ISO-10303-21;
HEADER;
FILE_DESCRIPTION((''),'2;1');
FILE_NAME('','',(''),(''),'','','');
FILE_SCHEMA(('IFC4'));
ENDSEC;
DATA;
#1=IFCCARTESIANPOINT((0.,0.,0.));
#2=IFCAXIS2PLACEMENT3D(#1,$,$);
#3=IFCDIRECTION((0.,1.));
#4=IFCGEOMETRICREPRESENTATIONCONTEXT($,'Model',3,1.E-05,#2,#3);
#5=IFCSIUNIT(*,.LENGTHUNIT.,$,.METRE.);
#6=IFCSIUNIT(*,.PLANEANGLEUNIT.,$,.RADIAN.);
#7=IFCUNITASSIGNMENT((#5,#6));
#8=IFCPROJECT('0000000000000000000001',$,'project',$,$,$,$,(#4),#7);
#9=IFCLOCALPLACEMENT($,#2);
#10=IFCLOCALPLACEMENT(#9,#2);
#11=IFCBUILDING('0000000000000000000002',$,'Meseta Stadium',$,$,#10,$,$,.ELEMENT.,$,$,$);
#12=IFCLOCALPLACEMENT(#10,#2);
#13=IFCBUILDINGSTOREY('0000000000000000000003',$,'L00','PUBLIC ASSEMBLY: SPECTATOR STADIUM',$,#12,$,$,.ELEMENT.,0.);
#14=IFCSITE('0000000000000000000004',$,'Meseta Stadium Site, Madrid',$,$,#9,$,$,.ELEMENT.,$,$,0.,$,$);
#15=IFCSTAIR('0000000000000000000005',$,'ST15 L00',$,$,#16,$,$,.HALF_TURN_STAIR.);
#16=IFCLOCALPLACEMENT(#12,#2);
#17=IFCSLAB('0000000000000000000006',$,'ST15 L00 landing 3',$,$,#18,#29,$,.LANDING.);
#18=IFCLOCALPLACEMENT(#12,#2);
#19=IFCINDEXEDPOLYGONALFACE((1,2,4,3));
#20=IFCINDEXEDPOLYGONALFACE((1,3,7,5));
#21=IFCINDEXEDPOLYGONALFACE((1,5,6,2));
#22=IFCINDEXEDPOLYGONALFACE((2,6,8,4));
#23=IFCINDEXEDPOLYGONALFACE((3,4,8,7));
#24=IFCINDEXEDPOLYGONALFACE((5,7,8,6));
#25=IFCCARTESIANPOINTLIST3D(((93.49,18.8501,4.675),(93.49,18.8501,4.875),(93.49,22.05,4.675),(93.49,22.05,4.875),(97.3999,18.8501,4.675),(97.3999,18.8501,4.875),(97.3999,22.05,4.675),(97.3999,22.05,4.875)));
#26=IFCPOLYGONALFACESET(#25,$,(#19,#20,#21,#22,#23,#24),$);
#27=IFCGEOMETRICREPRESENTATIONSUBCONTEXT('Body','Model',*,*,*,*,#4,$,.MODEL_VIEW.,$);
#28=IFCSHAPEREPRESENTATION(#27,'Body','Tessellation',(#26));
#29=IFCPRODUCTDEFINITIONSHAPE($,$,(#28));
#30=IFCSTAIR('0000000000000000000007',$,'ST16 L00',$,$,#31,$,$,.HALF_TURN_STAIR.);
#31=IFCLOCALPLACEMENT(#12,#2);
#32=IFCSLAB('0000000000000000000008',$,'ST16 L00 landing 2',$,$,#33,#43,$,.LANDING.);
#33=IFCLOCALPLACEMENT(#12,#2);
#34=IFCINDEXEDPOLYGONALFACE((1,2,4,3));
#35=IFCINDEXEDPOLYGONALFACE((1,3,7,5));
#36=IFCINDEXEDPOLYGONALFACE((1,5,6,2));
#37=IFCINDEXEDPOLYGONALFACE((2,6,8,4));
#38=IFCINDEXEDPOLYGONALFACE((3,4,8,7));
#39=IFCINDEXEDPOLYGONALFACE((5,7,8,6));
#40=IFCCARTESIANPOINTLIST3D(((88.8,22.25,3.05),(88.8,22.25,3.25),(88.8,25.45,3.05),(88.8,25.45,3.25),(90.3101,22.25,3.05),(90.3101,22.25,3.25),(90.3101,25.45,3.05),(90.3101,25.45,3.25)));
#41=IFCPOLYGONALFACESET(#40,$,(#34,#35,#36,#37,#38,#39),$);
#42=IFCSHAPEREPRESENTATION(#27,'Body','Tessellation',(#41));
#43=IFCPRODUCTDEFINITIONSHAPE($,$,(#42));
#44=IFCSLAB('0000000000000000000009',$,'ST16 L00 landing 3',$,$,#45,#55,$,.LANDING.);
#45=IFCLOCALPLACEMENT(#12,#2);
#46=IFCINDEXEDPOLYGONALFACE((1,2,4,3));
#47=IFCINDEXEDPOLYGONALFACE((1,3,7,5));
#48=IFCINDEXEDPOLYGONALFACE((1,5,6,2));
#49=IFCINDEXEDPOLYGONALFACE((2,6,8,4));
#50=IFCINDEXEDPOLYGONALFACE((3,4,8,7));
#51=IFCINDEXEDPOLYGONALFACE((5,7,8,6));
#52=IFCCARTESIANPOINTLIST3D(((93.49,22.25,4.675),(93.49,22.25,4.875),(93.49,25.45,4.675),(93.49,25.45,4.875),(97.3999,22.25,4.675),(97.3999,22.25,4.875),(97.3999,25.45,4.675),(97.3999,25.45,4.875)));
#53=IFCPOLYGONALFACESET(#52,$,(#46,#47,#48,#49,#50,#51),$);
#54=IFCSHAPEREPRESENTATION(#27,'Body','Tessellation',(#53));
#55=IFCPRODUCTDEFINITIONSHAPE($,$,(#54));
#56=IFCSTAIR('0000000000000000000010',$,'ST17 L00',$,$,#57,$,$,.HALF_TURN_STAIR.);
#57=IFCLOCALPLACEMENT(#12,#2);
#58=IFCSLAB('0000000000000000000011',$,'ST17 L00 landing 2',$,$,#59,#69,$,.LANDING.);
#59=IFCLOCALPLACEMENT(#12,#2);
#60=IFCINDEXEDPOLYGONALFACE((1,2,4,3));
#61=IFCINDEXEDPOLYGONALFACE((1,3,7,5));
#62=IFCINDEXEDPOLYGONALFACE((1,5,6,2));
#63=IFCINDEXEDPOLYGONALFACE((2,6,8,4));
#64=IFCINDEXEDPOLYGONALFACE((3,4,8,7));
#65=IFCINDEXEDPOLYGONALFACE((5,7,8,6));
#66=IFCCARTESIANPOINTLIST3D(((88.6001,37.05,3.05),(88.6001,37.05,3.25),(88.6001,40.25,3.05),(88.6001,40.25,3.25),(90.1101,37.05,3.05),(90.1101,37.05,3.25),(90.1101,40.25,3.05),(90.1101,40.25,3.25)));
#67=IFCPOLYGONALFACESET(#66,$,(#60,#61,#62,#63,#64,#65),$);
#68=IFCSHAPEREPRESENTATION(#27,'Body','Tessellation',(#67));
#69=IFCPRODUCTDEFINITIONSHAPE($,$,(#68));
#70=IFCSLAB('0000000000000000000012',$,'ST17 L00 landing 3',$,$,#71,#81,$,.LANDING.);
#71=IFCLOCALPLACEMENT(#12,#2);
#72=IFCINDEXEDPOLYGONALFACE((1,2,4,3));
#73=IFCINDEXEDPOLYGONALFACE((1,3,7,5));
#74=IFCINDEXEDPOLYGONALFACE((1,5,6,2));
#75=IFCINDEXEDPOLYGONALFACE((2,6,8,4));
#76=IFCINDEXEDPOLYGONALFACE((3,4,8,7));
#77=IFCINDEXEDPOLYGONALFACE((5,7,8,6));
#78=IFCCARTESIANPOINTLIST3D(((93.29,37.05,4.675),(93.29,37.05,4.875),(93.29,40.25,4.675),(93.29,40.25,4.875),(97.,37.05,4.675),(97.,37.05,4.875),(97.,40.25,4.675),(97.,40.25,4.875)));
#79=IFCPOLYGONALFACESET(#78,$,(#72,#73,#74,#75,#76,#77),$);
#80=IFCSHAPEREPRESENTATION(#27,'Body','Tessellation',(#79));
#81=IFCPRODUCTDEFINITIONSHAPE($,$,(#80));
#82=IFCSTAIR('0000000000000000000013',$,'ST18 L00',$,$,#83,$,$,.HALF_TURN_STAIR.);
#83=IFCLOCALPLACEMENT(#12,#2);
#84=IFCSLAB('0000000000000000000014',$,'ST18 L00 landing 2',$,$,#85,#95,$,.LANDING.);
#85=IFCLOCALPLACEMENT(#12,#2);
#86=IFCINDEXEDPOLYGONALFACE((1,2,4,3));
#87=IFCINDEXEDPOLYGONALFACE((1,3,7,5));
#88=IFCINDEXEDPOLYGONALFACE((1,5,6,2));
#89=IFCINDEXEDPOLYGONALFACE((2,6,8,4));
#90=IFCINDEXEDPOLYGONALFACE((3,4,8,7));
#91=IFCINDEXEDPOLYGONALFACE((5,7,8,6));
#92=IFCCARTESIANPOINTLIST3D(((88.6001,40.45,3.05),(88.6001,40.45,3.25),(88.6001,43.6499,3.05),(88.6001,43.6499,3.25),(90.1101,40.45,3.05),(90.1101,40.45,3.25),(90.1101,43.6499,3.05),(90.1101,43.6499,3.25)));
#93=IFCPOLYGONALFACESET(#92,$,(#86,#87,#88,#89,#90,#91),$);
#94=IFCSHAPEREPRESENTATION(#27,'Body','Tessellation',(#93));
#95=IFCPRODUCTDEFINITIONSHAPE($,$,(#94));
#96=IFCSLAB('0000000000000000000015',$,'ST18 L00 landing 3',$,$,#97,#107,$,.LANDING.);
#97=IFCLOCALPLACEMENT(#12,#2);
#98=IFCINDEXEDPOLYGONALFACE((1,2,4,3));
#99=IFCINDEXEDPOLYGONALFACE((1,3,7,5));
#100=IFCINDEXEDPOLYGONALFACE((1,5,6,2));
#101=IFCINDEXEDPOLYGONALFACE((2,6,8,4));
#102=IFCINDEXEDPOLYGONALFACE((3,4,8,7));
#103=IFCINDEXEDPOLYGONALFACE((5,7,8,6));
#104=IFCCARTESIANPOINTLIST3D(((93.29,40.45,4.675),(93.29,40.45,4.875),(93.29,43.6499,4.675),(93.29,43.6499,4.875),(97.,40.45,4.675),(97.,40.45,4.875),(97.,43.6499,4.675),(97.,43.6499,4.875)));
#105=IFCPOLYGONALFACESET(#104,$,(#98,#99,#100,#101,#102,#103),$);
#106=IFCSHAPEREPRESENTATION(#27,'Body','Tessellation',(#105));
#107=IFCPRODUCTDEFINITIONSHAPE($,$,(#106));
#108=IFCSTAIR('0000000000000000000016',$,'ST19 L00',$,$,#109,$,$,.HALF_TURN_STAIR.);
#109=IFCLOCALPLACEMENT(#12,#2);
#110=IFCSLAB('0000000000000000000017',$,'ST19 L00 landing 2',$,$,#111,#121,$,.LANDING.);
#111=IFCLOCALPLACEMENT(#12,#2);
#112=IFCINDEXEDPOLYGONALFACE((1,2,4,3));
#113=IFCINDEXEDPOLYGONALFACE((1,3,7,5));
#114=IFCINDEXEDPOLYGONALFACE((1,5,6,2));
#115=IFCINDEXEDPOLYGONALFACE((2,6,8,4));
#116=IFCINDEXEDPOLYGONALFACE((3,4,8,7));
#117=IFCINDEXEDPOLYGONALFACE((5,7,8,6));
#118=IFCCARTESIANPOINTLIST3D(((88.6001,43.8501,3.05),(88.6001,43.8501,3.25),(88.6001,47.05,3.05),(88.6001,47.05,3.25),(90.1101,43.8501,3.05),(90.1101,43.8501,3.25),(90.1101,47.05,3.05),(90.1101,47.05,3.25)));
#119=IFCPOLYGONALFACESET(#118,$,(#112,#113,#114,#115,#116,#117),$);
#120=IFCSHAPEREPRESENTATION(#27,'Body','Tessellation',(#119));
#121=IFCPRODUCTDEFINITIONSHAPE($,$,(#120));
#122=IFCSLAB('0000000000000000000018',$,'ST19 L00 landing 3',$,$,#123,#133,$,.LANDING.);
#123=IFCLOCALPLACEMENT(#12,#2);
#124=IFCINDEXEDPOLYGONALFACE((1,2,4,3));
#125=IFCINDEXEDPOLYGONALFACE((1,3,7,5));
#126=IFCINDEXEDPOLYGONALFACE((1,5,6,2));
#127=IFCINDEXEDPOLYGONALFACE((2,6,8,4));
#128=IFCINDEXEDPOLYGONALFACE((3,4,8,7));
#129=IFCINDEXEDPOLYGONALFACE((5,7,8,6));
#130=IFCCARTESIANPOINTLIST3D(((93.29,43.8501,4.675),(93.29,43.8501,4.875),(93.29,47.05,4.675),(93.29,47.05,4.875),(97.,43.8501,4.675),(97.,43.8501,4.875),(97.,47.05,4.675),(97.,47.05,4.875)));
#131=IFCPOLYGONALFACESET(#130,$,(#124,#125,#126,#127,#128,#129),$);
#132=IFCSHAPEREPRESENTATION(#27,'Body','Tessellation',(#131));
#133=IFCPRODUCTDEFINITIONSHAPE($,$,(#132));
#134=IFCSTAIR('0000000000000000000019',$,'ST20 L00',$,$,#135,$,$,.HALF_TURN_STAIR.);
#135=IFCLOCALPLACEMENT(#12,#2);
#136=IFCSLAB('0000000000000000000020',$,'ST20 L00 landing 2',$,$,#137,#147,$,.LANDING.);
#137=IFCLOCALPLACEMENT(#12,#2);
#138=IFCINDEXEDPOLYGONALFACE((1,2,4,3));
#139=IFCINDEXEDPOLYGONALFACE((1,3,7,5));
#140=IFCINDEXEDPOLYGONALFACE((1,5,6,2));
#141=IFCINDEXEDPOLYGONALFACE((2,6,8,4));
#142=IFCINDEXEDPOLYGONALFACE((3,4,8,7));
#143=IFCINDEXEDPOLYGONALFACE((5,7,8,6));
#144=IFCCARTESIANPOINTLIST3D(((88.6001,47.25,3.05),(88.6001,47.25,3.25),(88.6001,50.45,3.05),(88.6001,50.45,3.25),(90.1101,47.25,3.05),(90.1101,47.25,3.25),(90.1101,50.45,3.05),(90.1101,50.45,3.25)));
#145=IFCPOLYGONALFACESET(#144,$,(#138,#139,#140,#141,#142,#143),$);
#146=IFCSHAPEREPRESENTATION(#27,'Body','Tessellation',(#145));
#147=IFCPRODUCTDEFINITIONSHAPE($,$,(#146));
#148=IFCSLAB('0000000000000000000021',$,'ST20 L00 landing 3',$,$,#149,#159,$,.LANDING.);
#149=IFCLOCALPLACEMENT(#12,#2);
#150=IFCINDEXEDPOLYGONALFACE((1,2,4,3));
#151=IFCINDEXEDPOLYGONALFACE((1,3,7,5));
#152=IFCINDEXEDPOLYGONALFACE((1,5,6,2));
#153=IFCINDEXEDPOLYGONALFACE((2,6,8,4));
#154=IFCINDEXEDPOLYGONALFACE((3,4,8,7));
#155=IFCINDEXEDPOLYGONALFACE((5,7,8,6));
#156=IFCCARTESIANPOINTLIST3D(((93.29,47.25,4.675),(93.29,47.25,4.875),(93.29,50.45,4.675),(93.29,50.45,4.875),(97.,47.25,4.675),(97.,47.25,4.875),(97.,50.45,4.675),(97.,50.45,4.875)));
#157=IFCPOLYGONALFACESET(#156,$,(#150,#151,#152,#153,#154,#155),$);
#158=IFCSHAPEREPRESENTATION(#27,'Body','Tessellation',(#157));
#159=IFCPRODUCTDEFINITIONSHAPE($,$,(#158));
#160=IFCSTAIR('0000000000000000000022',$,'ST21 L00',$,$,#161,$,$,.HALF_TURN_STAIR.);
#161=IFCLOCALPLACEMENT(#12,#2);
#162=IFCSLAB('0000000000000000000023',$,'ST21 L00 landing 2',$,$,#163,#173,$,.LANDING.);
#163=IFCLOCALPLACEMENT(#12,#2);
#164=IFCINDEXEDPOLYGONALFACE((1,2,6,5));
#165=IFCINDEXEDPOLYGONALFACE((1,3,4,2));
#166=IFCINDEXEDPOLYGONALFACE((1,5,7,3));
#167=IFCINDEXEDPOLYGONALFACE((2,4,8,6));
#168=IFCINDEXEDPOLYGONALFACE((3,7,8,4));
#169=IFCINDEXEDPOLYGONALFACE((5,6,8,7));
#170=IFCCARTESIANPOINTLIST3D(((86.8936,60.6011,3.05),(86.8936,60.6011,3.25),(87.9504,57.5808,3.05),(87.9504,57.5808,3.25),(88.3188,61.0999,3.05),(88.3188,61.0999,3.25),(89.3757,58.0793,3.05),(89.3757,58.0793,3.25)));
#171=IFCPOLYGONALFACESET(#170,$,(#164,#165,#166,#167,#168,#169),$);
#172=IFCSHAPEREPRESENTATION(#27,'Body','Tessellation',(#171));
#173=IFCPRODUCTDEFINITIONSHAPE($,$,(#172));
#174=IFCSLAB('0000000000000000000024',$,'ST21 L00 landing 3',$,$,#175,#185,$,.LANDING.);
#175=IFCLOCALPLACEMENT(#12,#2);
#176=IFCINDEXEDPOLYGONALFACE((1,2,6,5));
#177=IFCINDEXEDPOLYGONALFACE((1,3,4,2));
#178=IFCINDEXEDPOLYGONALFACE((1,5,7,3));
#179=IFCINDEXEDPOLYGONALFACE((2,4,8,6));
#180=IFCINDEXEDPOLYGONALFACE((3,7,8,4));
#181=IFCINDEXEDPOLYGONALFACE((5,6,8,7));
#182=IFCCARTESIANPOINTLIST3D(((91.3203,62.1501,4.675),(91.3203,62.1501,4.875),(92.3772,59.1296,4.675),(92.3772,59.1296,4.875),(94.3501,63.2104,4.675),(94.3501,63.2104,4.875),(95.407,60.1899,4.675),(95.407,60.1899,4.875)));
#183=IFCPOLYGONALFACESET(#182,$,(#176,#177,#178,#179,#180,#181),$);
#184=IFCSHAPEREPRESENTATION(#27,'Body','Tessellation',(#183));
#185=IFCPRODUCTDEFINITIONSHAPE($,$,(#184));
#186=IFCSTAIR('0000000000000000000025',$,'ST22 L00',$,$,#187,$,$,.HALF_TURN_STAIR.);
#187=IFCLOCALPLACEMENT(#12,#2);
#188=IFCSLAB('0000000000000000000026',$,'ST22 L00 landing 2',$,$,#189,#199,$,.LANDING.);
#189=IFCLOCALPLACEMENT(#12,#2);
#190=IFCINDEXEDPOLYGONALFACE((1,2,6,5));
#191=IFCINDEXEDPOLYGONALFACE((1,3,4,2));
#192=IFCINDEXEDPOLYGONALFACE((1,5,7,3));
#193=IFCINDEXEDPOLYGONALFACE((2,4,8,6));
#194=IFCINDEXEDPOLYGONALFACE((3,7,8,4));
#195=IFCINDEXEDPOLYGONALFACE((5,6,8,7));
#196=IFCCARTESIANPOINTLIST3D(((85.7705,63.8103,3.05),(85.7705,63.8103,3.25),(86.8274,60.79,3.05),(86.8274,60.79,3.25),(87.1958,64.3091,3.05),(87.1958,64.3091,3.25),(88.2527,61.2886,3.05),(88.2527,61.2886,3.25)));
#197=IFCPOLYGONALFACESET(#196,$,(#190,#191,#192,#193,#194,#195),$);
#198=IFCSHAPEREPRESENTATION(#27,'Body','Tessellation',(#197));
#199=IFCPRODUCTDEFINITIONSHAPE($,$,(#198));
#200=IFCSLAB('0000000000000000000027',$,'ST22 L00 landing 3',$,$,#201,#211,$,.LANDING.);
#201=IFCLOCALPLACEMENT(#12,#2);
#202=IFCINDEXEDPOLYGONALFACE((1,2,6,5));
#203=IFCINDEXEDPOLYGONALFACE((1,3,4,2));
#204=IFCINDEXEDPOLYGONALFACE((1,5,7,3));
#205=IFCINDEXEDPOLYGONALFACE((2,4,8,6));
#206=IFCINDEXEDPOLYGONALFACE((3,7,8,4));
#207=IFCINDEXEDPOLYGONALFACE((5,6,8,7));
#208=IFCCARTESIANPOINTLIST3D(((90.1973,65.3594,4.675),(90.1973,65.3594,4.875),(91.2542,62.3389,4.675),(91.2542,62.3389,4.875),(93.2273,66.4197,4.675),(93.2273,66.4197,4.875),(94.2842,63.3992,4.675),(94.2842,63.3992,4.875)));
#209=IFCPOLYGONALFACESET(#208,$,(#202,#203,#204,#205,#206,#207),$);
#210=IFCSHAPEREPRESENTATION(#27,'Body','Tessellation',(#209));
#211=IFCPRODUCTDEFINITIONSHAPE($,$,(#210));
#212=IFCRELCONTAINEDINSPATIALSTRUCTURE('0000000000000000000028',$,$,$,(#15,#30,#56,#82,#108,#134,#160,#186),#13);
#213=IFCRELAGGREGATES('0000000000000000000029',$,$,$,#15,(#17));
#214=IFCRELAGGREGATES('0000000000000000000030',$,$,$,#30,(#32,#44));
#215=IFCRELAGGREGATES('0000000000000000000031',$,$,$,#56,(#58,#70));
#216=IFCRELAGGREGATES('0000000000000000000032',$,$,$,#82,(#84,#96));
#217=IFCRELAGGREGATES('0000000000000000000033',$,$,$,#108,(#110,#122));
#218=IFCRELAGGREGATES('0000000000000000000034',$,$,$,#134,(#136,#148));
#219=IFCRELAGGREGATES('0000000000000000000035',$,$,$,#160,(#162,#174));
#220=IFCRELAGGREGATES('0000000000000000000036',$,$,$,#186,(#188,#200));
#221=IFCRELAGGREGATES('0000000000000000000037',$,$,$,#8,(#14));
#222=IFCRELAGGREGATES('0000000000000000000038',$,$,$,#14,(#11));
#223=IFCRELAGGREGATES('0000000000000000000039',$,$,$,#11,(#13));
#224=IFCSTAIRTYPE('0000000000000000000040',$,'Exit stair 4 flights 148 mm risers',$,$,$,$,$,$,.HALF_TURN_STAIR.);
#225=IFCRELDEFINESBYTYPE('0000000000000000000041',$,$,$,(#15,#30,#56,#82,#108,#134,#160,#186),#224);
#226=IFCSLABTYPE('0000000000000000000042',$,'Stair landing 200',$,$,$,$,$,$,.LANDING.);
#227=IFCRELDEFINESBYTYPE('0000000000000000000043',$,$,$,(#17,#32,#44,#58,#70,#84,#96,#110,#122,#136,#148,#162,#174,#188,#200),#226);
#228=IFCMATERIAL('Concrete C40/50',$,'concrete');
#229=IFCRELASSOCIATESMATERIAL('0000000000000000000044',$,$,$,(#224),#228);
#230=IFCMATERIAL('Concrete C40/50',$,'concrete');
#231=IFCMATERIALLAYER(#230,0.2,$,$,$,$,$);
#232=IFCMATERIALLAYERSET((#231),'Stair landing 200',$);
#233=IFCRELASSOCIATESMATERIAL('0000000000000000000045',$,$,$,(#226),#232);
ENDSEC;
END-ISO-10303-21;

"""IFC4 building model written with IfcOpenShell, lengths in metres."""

from ifc_helpers import new_model, si_unit, direction, frame, origin, place, context, subcontext, project, spatial, polyline, outline, extrude, material, layer, layer_set, type_object, element, aggregate, save


model = new_model("IFC4")

# Units and contexts
model_context = context("Model", 3, precision=1e-05, world=origin(), true_north=direction((0.0, 1.0)))
body_context = subcontext(model_context, "Body", "Model", "MODEL_VIEW")
ifc_project = project(units=[si_unit("LENGTHUNIT", "METRE"), si_unit("PLANEANGLEUNIT", "RADIAN")], contexts=[model_context])

# Site, building, storey
site_placement = place(None, origin())
site = spatial("IfcSite", under=ifc_project, at=site_placement, Name="Meseta Stadium Site, Madrid", CompositionType="ELEMENT", RefElevation=0.0)
building_placement = place(site_placement, origin())
building = spatial("IfcBuilding", under=site, at=building_placement, Name="Meseta Stadium", CompositionType="ELEMENT")
storey_placement = place(building_placement, origin())
storey = spatial("IfcBuildingStorey", under=building, at=storey_placement, Name="L00", Description="PUBLIC ASSEMBLY: SPECTATOR STADIUM", CompositionType="ELEMENT", Elevation=0.0)

# Stair, slab
ifc_material_1 = material(Name="Concrete C40/50", Category="concrete")
stair_type = type_object("IfcStairType", Name="Exit stair 4 flights 148 mm risers", PredefinedType="HALF_TURN_STAIR", material=ifc_material_1)
stair_1_placement = place(storey_placement, origin())
stair_1 = element("IfcStair", 1, at=stair_1_placement, inside=storey, type_object=stair_type, Name="ST15 L00", PredefinedType="HALF_TURN_STAIR")
ifc_material_2 = material(Name="Concrete C40/50", Category="concrete")
ifc_layer = layer(ifc_material_2, 0.2)
ifc_layer_set = layer_set([ifc_layer], Name="Stair landing 200")
slab_type = type_object("IfcSlabType", Name="Stair landing 200", PredefinedType="LANDING", material=ifc_layer_set)
slab_1_placement = place(storey_placement, frame((0.0, 0.0, 4.675)))
slab_1 = element("IfcSlab", 2, at=slab_1_placement, type_object=slab_type, Name="ST15 L00 landing 3", PredefinedType="LANDING", context=body_context, shape_type="SweptSolid", body=[
    extrude(outline(polyline([(93.49, 18.8501), (97.3999, 18.8501), (97.3999, 22.05), (93.49, 22.05), (93.49, 18.8501)])), origin(), (0.0, 0.0, 1.0), 0.2),
])
aggregate(stair_1, [slab_1])

# Stairs, slabs
stair_2_placement = place(storey_placement, origin())
stair_2 = element("IfcStair", 3, at=stair_2_placement, inside=storey, type_object=stair_type, Name="ST16 L00", PredefinedType="HALF_TURN_STAIR")
slab_2_placement = place(storey_placement, frame((0.0, 0.0, 3.05)))
slab_2 = element("IfcSlab", 4, at=slab_2_placement, type_object=slab_type, Name="ST16 L00 landing 2", PredefinedType="LANDING", context=body_context, shape_type="SweptSolid", body=[
    extrude(outline(polyline([(88.8, 22.25), (90.3101, 22.25), (90.3101, 25.45), (88.8, 25.45), (88.8, 22.25)])), origin(), (0.0, 0.0, 1.0), 0.2),
])
slab_3_placement = place(storey_placement, frame((0.0, 0.0, 4.675)))
slab_3 = element("IfcSlab", 5, at=slab_3_placement, type_object=slab_type, Name="ST16 L00 landing 3", PredefinedType="LANDING", context=body_context, shape_type="SweptSolid", body=[
    extrude(outline(polyline([(93.49, 22.25), (97.3999, 22.25), (97.3999, 25.45), (93.49, 25.45), (93.49, 22.25)])), origin(), (0.0, 0.0, 1.0), 0.2),
])
aggregate(stair_2, [slab_2, slab_3])
stair_3_placement = place(storey_placement, origin())
stair_3 = element("IfcStair", 6, at=stair_3_placement, inside=storey, type_object=stair_type, Name="ST17 L00", PredefinedType="HALF_TURN_STAIR")
slab_4_placement = place(storey_placement, frame((0.0, 0.0, 3.05)))
slab_4 = element("IfcSlab", 7, at=slab_4_placement, type_object=slab_type, Name="ST17 L00 landing 2", PredefinedType="LANDING", context=body_context, shape_type="SweptSolid", body=[
    extrude(outline(polyline([(88.6001, 37.05), (90.1101, 37.05), (90.1101, 40.25), (88.6001, 40.25), (88.6001, 37.05)])), origin(), (0.0, 0.0, 1.0), 0.2),
])
slab_5_placement = place(storey_placement, frame((0.0, 0.0, 4.675)))
slab_5 = element("IfcSlab", 8, at=slab_5_placement, type_object=slab_type, Name="ST17 L00 landing 3", PredefinedType="LANDING", context=body_context, shape_type="SweptSolid", body=[
    extrude(outline(polyline([(93.29, 37.05), (97.0, 37.05), (97.0, 40.25), (93.29, 40.25), (93.29, 37.05)])), origin(), (0.0, 0.0, 1.0), 0.2),
])
aggregate(stair_3, [slab_4, slab_5])
stair_4_placement = place(storey_placement, origin())
stair_4 = element("IfcStair", 9, at=stair_4_placement, inside=storey, type_object=stair_type, Name="ST18 L00", PredefinedType="HALF_TURN_STAIR")
slab_6_placement = place(storey_placement, frame((0.0, 0.0, 3.05)))
slab_6 = element("IfcSlab", 10, at=slab_6_placement, type_object=slab_type, Name="ST18 L00 landing 2", PredefinedType="LANDING", context=body_context, shape_type="SweptSolid", body=[
    extrude(outline(polyline([(88.6001, 40.45), (90.1101, 40.45), (90.1101, 43.6499), (88.6001, 43.6499), (88.6001, 40.45)])), origin(), (0.0, 0.0, 1.0), 0.2),
])
slab_7_placement = place(storey_placement, frame((0.0, 0.0, 4.675)))
slab_7 = element("IfcSlab", 11, at=slab_7_placement, type_object=slab_type, Name="ST18 L00 landing 3", PredefinedType="LANDING", context=body_context, shape_type="SweptSolid", body=[
    extrude(outline(polyline([(93.29, 40.45), (97.0, 40.45), (97.0, 43.6499), (93.29, 43.6499), (93.29, 40.45)])), origin(), (0.0, 0.0, 1.0), 0.2),
])
aggregate(stair_4, [slab_6, slab_7])
stair_5_placement = place(storey_placement, origin())
stair_5 = element("IfcStair", 12, at=stair_5_placement, inside=storey, type_object=stair_type, Name="ST19 L00", PredefinedType="HALF_TURN_STAIR")
slab_8_placement = place(storey_placement, frame((0.0, 0.0, 3.05)))
slab_8 = element("IfcSlab", 13, at=slab_8_placement, type_object=slab_type, Name="ST19 L00 landing 2", PredefinedType="LANDING", context=body_context, shape_type="SweptSolid", body=[
    extrude(outline(polyline([(88.6001, 43.8501), (90.1101, 43.8501), (90.1101, 47.05), (88.6001, 47.05), (88.6001, 43.8501)])), origin(), (0.0, 0.0, 1.0), 0.2),
])
slab_9_placement = place(storey_placement, frame((0.0, 0.0, 4.675)))
slab_9 = element("IfcSlab", 14, at=slab_9_placement, type_object=slab_type, Name="ST19 L00 landing 3", PredefinedType="LANDING", context=body_context, shape_type="SweptSolid", body=[
    extrude(outline(polyline([(93.29, 43.8501), (97.0, 43.8501), (97.0, 47.05), (93.29, 47.05), (93.29, 43.8501)])), origin(), (0.0, 0.0, 1.0), 0.2),
])
aggregate(stair_5, [slab_8, slab_9])
stair_6_placement = place(storey_placement, origin())
stair_6 = element("IfcStair", 15, at=stair_6_placement, inside=storey, type_object=stair_type, Name="ST20 L00", PredefinedType="HALF_TURN_STAIR")
slab_10_placement = place(storey_placement, frame((0.0, 0.0, 3.05)))
slab_10 = element("IfcSlab", 16, at=slab_10_placement, type_object=slab_type, Name="ST20 L00 landing 2", PredefinedType="LANDING", context=body_context, shape_type="SweptSolid", body=[
    extrude(outline(polyline([(88.6001, 47.25), (90.1101, 47.25), (90.1101, 50.45), (88.6001, 50.45), (88.6001, 47.25)])), origin(), (0.0, 0.0, 1.0), 0.2),
])
slab_11_placement = place(storey_placement, frame((0.0, 0.0, 4.675)))
slab_11 = element("IfcSlab", 17, at=slab_11_placement, type_object=slab_type, Name="ST20 L00 landing 3", PredefinedType="LANDING", context=body_context, shape_type="SweptSolid", body=[
    extrude(outline(polyline([(93.29, 47.25), (97.0, 47.25), (97.0, 50.45), (93.29, 50.45), (93.29, 47.25)])), origin(), (0.0, 0.0, 1.0), 0.2),
])
aggregate(stair_6, [slab_10, slab_11])
stair_7_placement = place(storey_placement, origin())
stair_7 = element("IfcStair", 18, at=stair_7_placement, inside=storey, type_object=stair_type, Name="ST21 L00", PredefinedType="HALF_TURN_STAIR")
slab_12_placement = place(storey_placement, frame((0.0, 0.0, 3.05)))
slab_12 = element("IfcSlab", 19, at=slab_12_placement, type_object=slab_type, Name="ST21 L00 landing 2", PredefinedType="LANDING", context=body_context, shape_type="SweptSolid", body=[
    extrude(outline(polyline([(87.9504, 57.5808), (89.3757, 58.0793), (88.3188, 61.0999), (86.8936, 60.6011), (87.9504, 57.5808)])), origin(), (0.0, 0.0, 1.0), 0.2),
])
slab_13_placement = place(storey_placement, frame((0.0, 0.0, 4.675)))
slab_13 = element("IfcSlab", 20, at=slab_13_placement, type_object=slab_type, Name="ST21 L00 landing 3", PredefinedType="LANDING", context=body_context, shape_type="SweptSolid", body=[
    extrude(outline(polyline([(92.3772, 59.1296), (95.407, 60.1899), (94.3501, 63.2104), (91.3203, 62.1501), (92.3772, 59.1296)])), origin(), (0.0, 0.0, 1.0), 0.2),
])
aggregate(stair_7, [slab_12, slab_13])
stair_8_placement = place(storey_placement, origin())
stair_8 = element("IfcStair", 21, at=stair_8_placement, inside=storey, type_object=stair_type, Name="ST22 L00", PredefinedType="HALF_TURN_STAIR")
slab_14_placement = place(storey_placement, frame((0.0, 0.0, 3.05)))
slab_14 = element("IfcSlab", 22, at=slab_14_placement, type_object=slab_type, Name="ST22 L00 landing 2", PredefinedType="LANDING", context=body_context, shape_type="SweptSolid", body=[
    extrude(outline(polyline([(86.8274, 60.79), (88.2527, 61.2886), (87.1958, 64.3091), (85.7705, 63.8103), (86.8274, 60.79)])), origin(), (0.0, 0.0, 1.0), 0.2),
])
slab_15_placement = place(storey_placement, frame((0.0, 0.0, 4.675)))
slab_15 = element("IfcSlab", 23, at=slab_15_placement, type_object=slab_type, Name="ST22 L00 landing 3", PredefinedType="LANDING", context=body_context, shape_type="SweptSolid", body=[
    extrude(outline(polyline([(91.2542, 62.3389), (94.2842, 63.3992), (93.2273, 66.4197), (90.1973, 65.3594), (91.2542, 62.3389)])), origin(), (0.0, 0.0, 1.0), 0.2),
])
aggregate(stair_8, [slab_14, slab_15])

save(model, "model.ifc")
